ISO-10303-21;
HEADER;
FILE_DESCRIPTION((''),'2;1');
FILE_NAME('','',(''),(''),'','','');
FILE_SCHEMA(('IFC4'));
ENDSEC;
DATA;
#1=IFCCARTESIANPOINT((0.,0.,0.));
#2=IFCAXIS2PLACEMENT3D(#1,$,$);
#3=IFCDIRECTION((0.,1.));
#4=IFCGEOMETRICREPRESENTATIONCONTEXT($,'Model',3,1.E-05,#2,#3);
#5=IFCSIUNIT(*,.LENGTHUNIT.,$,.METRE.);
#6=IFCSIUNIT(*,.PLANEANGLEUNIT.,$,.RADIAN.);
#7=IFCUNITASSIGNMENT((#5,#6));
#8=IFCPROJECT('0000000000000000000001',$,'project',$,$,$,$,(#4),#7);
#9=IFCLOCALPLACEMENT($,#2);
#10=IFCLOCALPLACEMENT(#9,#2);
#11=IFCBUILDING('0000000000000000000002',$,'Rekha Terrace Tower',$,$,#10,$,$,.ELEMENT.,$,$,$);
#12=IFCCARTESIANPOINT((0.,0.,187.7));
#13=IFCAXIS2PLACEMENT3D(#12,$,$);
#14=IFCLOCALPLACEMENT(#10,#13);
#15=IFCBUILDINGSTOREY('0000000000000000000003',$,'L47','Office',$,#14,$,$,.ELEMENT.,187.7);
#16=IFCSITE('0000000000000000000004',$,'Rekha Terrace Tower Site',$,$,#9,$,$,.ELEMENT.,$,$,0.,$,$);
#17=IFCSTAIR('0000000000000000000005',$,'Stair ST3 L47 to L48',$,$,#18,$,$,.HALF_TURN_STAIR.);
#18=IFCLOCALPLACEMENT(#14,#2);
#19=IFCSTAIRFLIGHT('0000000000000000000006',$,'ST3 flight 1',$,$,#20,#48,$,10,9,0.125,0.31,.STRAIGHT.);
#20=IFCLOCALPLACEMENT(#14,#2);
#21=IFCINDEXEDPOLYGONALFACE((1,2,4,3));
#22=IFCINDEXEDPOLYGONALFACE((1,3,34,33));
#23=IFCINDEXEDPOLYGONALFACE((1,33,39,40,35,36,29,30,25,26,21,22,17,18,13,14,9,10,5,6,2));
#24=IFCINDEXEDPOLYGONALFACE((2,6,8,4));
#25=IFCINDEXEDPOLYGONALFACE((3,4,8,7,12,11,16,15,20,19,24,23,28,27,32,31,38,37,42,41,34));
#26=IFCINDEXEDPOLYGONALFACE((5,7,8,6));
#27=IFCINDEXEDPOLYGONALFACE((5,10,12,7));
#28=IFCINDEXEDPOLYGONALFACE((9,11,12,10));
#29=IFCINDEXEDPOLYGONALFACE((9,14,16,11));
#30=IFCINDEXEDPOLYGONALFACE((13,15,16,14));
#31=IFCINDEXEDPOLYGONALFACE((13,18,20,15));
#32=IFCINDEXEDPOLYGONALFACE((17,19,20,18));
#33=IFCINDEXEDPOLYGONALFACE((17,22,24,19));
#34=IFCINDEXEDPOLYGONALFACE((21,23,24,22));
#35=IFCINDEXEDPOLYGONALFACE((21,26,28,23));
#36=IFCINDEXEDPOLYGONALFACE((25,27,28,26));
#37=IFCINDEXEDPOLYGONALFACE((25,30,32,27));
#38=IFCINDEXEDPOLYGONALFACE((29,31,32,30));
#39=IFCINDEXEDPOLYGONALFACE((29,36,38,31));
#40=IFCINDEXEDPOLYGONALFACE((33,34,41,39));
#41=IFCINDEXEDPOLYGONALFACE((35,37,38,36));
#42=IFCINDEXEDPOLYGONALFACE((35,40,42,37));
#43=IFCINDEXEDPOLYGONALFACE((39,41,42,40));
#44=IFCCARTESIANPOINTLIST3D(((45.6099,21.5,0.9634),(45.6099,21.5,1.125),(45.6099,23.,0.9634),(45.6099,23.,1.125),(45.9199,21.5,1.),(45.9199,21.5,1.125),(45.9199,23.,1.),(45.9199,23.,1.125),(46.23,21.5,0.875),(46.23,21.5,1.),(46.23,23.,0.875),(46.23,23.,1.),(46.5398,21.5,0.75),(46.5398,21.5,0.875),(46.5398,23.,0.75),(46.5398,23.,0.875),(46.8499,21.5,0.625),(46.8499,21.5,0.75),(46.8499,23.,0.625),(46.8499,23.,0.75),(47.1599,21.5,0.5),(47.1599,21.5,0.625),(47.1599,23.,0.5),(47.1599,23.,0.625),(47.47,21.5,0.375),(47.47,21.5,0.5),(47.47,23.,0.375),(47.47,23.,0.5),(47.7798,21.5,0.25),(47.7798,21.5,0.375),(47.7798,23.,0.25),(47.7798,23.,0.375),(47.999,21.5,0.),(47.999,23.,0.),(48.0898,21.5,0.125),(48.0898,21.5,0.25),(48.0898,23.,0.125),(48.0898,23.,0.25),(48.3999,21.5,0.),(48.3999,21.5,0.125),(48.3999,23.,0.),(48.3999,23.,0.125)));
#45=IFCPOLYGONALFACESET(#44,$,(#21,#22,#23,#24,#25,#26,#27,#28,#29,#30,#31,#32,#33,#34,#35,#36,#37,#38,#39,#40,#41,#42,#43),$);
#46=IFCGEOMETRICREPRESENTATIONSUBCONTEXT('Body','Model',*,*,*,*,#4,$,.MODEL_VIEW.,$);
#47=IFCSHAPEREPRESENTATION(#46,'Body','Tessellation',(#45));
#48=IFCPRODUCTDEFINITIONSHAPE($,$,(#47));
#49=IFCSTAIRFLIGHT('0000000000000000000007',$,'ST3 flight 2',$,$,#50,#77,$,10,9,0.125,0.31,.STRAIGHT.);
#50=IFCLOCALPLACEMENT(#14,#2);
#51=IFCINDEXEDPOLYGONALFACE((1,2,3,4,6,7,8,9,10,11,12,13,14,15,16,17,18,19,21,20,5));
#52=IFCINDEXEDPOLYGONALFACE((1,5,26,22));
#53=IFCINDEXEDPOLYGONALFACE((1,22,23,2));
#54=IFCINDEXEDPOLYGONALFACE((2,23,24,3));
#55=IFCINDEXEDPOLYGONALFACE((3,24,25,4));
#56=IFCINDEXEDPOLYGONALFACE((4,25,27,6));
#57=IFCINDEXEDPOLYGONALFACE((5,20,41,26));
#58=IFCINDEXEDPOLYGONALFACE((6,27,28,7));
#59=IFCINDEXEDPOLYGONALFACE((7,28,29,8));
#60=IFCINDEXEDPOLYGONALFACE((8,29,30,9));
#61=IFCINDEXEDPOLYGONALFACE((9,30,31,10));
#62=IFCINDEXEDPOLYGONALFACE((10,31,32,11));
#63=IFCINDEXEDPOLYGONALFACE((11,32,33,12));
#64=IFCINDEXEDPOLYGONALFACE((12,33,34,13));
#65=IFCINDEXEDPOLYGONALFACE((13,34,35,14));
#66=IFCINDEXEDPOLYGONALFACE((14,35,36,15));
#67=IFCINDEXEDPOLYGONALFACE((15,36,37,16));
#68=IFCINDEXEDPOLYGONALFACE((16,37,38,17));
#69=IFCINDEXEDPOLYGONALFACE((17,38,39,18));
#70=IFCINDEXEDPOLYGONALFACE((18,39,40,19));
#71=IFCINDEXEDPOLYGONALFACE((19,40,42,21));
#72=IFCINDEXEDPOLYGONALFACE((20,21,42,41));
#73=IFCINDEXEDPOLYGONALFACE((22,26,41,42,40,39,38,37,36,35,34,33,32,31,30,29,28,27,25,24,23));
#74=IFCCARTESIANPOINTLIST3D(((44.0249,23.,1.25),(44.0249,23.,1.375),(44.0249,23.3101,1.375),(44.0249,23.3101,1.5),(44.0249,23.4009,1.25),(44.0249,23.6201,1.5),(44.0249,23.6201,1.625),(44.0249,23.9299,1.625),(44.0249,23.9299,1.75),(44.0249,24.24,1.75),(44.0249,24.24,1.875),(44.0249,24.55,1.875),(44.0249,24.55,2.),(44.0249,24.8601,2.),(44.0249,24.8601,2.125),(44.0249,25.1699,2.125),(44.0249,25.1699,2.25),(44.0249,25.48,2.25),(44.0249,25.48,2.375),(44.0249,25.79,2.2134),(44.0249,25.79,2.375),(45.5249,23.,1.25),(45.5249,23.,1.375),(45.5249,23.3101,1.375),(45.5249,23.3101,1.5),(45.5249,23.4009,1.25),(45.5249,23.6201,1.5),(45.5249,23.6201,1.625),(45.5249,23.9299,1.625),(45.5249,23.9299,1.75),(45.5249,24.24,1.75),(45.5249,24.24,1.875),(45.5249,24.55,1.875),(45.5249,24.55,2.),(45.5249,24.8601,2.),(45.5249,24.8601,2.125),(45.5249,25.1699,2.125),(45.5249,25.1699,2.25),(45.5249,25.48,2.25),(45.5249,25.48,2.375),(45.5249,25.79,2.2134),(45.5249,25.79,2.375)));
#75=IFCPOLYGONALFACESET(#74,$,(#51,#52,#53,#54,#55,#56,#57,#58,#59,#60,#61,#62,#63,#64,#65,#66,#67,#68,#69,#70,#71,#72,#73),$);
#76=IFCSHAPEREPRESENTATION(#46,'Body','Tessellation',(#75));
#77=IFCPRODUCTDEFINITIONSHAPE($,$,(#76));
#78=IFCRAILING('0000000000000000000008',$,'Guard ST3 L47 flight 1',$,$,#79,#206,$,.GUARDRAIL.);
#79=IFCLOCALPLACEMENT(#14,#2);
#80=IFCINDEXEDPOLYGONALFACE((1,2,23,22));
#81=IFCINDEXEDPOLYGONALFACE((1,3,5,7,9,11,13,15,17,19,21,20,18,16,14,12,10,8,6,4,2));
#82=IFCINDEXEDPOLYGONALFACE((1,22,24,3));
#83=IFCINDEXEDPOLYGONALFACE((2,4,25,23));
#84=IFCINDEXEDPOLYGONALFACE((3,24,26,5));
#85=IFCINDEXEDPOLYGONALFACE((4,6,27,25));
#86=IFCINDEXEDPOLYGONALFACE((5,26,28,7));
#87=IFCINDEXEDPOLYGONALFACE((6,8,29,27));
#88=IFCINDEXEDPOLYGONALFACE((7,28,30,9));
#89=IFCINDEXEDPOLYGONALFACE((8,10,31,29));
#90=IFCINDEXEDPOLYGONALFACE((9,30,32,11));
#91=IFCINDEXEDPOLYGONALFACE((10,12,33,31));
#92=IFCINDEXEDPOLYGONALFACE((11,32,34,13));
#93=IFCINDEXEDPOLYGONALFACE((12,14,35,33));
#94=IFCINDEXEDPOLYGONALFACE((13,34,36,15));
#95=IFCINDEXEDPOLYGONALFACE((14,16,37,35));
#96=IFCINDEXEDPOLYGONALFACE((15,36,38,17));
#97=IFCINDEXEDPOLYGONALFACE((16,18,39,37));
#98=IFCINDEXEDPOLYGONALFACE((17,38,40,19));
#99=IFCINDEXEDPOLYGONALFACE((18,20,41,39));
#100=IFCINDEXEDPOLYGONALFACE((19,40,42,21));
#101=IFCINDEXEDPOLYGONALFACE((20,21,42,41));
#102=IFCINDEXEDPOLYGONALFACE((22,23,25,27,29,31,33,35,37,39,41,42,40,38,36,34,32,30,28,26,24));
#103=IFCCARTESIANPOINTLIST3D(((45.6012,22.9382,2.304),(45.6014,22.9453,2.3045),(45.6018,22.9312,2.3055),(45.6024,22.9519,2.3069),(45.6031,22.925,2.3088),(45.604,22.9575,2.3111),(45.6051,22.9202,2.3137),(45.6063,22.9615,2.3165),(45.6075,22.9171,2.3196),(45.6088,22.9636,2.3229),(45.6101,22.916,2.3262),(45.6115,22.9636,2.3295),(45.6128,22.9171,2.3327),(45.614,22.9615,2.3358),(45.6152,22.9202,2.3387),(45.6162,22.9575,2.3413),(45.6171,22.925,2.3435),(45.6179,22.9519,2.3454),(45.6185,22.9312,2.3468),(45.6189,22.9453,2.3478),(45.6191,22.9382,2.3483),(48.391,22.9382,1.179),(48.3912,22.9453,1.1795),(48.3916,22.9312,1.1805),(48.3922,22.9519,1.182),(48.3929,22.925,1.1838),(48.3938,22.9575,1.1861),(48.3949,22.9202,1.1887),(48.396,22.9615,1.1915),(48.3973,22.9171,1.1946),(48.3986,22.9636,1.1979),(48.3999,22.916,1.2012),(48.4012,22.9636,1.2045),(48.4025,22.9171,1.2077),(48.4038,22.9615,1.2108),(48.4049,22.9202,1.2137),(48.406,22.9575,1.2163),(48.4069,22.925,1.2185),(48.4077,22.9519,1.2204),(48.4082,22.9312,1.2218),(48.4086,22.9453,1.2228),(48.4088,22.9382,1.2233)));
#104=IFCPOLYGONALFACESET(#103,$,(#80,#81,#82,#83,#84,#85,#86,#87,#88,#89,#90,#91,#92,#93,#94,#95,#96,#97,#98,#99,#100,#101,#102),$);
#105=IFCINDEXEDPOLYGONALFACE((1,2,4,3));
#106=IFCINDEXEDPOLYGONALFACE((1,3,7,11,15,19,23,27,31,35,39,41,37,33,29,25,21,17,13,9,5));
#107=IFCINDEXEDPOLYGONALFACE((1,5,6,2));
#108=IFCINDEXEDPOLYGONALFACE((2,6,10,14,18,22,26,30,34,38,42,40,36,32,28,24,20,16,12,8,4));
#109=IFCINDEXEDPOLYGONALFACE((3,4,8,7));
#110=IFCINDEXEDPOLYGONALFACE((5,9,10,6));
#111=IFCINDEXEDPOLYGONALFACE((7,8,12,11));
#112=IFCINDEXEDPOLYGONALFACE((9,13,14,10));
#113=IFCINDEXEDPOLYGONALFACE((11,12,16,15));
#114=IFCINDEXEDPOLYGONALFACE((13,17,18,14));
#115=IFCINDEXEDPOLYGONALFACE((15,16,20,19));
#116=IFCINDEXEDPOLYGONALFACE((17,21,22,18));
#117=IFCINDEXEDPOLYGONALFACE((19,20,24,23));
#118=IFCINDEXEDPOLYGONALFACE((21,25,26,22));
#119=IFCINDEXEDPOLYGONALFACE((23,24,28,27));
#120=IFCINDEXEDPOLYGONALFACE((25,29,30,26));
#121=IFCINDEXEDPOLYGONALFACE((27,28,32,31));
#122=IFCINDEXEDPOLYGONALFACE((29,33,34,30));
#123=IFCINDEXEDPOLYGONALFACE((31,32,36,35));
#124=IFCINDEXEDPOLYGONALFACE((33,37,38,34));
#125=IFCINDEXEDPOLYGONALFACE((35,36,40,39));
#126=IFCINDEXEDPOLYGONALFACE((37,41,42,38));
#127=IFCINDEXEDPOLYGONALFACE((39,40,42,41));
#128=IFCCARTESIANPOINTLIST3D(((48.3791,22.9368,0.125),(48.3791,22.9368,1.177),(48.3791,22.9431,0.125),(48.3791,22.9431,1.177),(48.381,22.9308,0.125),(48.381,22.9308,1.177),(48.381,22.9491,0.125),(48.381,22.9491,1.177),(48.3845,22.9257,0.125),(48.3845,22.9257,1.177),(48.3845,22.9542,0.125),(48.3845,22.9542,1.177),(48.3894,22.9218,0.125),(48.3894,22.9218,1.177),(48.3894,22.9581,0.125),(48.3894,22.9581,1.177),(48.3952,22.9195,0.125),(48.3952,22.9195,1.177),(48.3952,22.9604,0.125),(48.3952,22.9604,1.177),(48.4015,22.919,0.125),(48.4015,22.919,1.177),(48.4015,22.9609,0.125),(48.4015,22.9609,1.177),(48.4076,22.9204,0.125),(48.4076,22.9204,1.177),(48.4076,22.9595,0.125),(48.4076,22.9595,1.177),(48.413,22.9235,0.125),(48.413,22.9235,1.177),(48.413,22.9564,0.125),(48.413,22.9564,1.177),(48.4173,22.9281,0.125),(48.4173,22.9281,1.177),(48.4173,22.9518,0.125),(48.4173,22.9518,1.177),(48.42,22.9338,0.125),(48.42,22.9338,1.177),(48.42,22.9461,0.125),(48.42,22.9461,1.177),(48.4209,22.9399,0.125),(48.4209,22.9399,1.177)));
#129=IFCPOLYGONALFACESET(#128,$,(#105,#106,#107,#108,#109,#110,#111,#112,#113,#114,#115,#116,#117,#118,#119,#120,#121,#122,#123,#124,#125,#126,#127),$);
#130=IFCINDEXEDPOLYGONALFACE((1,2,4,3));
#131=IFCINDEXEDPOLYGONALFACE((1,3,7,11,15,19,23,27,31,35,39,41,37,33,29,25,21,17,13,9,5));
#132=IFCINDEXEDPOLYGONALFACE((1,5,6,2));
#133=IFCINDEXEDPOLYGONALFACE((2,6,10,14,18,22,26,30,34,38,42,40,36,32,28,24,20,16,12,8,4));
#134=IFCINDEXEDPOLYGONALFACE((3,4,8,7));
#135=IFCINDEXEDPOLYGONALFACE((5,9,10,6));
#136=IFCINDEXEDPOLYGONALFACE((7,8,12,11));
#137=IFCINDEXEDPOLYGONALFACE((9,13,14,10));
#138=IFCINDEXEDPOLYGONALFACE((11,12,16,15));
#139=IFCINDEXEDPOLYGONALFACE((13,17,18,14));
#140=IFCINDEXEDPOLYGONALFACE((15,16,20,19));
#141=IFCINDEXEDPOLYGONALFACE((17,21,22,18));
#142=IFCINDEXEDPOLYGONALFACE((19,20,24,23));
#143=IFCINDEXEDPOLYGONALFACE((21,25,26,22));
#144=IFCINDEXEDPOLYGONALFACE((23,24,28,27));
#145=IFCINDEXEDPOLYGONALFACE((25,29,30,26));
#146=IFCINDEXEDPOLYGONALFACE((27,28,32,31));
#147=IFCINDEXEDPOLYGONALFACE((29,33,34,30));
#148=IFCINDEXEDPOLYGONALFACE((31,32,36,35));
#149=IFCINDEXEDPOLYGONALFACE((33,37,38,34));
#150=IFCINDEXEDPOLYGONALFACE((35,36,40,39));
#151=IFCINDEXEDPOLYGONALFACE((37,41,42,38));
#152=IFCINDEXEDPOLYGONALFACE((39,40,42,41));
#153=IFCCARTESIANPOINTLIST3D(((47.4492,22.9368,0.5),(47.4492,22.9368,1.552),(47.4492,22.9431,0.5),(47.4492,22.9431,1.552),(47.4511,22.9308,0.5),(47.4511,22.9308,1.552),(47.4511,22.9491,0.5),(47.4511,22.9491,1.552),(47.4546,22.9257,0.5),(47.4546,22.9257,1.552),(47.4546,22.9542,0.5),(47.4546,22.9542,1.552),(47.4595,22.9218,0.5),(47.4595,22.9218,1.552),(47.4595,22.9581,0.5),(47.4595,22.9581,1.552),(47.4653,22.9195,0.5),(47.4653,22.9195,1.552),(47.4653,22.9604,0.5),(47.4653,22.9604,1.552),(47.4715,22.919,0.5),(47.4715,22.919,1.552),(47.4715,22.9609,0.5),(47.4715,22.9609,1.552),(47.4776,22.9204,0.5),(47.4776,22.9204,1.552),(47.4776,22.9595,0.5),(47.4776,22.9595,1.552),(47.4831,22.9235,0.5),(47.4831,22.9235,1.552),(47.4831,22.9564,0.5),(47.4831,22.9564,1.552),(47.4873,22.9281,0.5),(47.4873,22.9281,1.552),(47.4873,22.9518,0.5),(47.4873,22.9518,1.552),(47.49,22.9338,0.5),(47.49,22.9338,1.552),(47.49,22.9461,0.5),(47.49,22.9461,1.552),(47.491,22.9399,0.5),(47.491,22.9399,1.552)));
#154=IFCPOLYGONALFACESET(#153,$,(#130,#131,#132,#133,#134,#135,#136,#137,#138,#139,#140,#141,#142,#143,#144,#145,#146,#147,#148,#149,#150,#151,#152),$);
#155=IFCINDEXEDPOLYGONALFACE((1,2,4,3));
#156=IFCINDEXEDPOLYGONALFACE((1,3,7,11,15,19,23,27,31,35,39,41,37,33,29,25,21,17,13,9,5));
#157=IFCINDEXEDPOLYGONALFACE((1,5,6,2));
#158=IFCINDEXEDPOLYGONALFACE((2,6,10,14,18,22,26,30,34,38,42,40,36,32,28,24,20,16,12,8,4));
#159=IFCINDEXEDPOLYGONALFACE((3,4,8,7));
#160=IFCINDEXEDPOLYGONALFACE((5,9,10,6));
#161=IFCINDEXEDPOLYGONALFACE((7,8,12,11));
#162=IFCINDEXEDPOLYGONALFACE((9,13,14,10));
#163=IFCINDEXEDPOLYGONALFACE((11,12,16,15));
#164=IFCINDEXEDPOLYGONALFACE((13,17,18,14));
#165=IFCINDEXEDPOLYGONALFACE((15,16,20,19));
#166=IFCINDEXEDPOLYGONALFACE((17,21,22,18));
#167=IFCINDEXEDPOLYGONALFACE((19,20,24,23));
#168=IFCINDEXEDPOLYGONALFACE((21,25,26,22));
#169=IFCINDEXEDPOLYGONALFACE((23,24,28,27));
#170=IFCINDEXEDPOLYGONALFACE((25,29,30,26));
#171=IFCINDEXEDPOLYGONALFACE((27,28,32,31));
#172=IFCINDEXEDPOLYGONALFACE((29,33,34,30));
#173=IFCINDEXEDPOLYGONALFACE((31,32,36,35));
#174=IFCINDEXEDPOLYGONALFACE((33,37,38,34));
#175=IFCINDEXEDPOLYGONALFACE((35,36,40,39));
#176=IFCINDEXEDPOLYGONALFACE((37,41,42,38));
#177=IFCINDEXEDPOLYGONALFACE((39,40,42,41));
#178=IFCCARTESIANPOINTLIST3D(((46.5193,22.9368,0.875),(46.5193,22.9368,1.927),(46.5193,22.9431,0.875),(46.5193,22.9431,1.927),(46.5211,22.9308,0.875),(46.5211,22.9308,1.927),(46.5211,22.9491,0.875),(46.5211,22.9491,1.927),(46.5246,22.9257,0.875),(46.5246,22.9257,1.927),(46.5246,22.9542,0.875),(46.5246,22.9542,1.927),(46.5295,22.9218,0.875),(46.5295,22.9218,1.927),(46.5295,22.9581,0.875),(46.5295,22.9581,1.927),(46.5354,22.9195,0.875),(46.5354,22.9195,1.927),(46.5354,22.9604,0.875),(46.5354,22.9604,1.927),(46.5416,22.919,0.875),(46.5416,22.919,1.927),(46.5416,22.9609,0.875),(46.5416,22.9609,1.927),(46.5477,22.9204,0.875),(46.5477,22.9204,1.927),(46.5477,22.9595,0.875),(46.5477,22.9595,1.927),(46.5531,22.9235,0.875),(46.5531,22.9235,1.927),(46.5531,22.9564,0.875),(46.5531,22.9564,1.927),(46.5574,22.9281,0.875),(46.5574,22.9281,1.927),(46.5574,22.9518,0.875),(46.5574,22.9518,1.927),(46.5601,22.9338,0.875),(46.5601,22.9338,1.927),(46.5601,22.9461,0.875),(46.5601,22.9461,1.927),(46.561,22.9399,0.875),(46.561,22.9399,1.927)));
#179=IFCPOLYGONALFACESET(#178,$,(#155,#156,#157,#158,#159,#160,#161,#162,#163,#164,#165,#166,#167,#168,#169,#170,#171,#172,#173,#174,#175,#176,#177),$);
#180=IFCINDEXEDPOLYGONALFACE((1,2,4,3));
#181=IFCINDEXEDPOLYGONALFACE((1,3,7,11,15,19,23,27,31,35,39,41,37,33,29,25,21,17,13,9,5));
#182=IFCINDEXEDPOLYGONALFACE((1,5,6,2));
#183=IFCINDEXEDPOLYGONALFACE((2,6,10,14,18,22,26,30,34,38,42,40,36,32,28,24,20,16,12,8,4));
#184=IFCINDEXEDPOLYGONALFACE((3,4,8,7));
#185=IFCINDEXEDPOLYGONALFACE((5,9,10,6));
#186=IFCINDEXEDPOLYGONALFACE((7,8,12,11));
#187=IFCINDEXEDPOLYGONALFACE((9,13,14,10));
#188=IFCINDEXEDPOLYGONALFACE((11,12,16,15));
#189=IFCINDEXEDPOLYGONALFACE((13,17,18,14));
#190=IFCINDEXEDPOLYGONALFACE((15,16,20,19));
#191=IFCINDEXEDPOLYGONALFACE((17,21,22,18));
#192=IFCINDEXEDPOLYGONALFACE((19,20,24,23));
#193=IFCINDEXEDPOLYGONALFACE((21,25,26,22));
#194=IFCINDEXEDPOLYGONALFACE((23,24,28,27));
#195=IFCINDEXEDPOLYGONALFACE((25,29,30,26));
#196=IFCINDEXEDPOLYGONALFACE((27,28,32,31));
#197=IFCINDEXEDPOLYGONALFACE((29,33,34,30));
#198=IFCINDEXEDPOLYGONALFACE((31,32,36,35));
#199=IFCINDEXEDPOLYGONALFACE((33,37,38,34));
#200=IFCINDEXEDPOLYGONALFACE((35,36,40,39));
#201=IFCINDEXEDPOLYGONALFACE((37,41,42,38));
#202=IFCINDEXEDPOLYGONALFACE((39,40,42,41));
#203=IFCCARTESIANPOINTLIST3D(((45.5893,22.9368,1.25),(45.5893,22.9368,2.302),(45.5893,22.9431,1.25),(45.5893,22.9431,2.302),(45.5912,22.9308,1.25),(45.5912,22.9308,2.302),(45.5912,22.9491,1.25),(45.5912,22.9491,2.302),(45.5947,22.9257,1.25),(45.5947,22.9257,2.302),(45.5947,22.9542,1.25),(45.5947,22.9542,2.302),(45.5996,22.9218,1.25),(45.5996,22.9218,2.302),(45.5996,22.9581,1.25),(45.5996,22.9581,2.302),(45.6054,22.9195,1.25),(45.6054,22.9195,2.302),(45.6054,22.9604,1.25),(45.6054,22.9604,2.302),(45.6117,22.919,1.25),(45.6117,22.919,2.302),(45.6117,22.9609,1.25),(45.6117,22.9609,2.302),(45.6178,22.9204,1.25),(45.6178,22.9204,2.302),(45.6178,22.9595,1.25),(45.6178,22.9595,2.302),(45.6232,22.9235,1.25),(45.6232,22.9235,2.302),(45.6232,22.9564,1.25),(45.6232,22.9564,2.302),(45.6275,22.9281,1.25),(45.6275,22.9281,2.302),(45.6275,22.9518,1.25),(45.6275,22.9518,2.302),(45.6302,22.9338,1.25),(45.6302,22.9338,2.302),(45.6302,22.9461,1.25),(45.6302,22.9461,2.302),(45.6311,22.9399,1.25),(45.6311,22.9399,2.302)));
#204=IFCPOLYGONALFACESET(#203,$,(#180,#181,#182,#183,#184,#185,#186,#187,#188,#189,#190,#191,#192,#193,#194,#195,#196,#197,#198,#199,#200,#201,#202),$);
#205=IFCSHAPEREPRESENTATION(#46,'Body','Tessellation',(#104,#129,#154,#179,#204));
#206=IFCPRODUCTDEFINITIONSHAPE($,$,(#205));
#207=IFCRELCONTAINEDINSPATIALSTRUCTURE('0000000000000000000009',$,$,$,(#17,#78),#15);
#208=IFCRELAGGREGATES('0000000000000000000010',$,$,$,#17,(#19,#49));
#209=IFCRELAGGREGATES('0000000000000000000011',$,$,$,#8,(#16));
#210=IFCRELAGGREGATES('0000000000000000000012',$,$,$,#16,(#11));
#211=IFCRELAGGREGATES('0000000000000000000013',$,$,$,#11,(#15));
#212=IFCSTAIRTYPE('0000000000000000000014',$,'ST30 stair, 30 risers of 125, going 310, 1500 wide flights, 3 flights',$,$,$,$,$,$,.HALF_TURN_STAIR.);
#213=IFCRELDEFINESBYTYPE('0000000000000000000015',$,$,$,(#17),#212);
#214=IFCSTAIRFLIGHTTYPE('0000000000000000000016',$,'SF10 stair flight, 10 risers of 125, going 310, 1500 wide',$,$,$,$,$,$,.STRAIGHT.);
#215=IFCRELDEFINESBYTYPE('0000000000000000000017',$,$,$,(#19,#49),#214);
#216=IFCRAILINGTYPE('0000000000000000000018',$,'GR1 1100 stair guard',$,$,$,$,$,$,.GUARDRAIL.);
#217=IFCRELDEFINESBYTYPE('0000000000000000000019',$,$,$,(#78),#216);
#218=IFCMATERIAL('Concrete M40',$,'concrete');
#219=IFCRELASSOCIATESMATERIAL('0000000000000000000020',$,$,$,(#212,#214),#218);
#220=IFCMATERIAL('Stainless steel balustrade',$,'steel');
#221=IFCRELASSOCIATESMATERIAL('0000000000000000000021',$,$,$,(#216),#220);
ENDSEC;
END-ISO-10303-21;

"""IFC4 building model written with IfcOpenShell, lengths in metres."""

from ifc_helpers import new_model, si_unit, direction, frame, origin, origin_2d, place, context, subcontext, project, spatial, polyline, circle, outline, extrude, material, type_object, element, aggregate, save


model = new_model("IFC4")

# Units and contexts
model_context = context("Model", 3, precision=1e-05, world=origin(), true_north=direction((0.0, 1.0)))
body_context = subcontext(model_context, "Body", "Model", "MODEL_VIEW")
ifc_project = project(units=[si_unit("LENGTHUNIT", "METRE"), si_unit("PLANEANGLEUNIT", "RADIAN")], contexts=[model_context])

# Site, building, storey
site_placement = place(None, origin())
site = spatial("IfcSite", under=ifc_project, at=site_placement, Name="Rekha Terrace Tower Site", CompositionType="ELEMENT", RefElevation=0.0)
building_placement = place(site_placement, origin())
building = spatial("IfcBuilding", under=site, at=building_placement, Name="Rekha Terrace Tower", CompositionType="ELEMENT")
storey_placement = place(building_placement, frame((0.0, 0.0, 187.7)))
storey = spatial("IfcBuildingStorey", under=building, at=storey_placement, Name="L47", Description="Office", CompositionType="ELEMENT", Elevation=187.7)

# Stair, stair flights
ifc_material_1 = material(Name="Concrete M40", Category="concrete")
stair_type = type_object("IfcStairType", Name="ST30 stair, 30 risers of 125, going 310, 1500 wide flights, 3 flights", PredefinedType="HALF_TURN_STAIR", material=ifc_material_1)
stair_placement = place(storey_placement, origin())
stair = element("IfcStair", 1, at=stair_placement, inside=storey, type_object=stair_type, Name="Stair ST3 L47 to L48", PredefinedType="HALF_TURN_STAIR")
stair_flight_type = type_object("IfcStairFlightType", Name="SF10 stair flight, 10 risers of 125, going 310, 1500 wide", PredefinedType="STRAIGHT", material=ifc_material_1)
stair_flight_1_placement = place(storey_placement, frame((48.3999, 22.25, 0.0), z_axis=(0.0, 0.0, 1.0), x_axis=(-1.0, 0.0, 0.0)))
stair_flight_1 = element("IfcStairFlight", 2, at=stair_flight_1_placement, type_object=stair_flight_type, Name="ST3 flight 1", NumberOfRisers=10, NumberOfTreads=9, PredefinedType="STRAIGHT", RiserHeight=0.125, TreadLength=0.31, context=body_context, shape_type="SweptSolid", body=[
    extrude(outline(polyline([(0.0, 0.0), (0.0, 0.125), (0.3101, 0.125), (0.3101, 0.25), (0.6201, 0.25), (0.6201, 0.375), (0.9299, 0.375), (0.9299, 0.5), (1.24, 0.5), (1.24, 0.625), (1.55, 0.625), (1.55, 0.75), (1.8601, 0.75), (1.8601, 0.875), (2.1699, 0.875), (2.1699, 1.0), (2.48, 1.0), (2.48, 1.125), (2.79, 1.125), (2.79, 1.25), (2.79, 0.9634), (0.4009, 0.0), (0.0, 0.0)])), frame((0.0, 0.75, 0.0), z_axis=(0.0, -1.0, 0.0), x_axis=(1.0, 0.0, 0.0)), (0.0, 0.0, 1.0), 1.5),
])
stair_flight_2_placement = place(storey_placement, frame((44.7749, 23.0, 1.25), z_axis=(0.0, 0.0, 1.0), x_axis=(0.0, 1.0, 0.0)))
stair_flight_2 = element("IfcStairFlight", 3, at=stair_flight_2_placement, type_object=stair_flight_type, Name="ST3 flight 2", NumberOfRisers=10, NumberOfTreads=9, PredefinedType="STRAIGHT", RiserHeight=0.125, TreadLength=0.31, context=body_context, shape_type="SweptSolid", body=[
    extrude(outline(polyline([(0.0, 0.0), (0.0, 0.125), (0.3101, 0.125), (0.3101, 0.25), (0.6201, 0.25), (0.6201, 0.375), (0.9299, 0.375), (0.9299, 0.5), (1.24, 0.5), (1.24, 0.625), (1.55, 0.625), (1.55, 0.75), (1.8601, 0.75), (1.8601, 0.875), (2.1699, 0.875), (2.1699, 1.0), (2.48, 1.0), (2.48, 1.125), (2.79, 1.125), (2.79, 1.25), (2.79, 0.9634), (0.4009, 0.0), (0.0, 0.0)])), frame((0.0, 0.75, 0.0), z_axis=(0.0, -1.0, 0.0), x_axis=(1.0, 0.0, 0.0)), (0.0, 0.0, 1.0), 1.5),
])
aggregate(stair, [stair_flight_1, stair_flight_2])

# Railing
ifc_material_2 = material(Name="Stainless steel balustrade", Category="steel")
railing_type_1 = type_object("IfcRailingType", Name="GR1 1100 stair guard", PredefinedType="GUARDRAIL", material=ifc_material_2)
railing_1_placement = place(storey_placement, frame((48.3999, 22.9399, 0.125)))
element("IfcRailing", 4, at=railing_1_placement, inside=storey, type_object=railing_type_1, Name="Guard ST3 L47 flight 1", PredefinedType="GUARDRAIL", context=body_context, shape_type="SweptSolid", body=[
    extrude(circle(Radius=0.0239, at=origin_2d()), frame((0.0, 0.0, 1.0762), z_axis=(-0.927432, 0.0, 0.373992), x_axis=(0.0, -1.0, 0.0)), (0.0, 0.0, 1.0), 3.0081),
    extrude(circle(Radius=0.021, at=origin_2d()), origin(), (0.0, 0.0, 1.0), 1.052),
    extrude(circle(Radius=0.021, at=origin_2d()), frame((-0.9299, 0.0, 0.375)), (0.0, 0.0, 1.0), 1.052),
    extrude(circle(Radius=0.021, at=origin_2d()), frame((-1.8599, 0.0, 0.75)), (0.0, 0.0, 1.0), 1.052),
    extrude(circle(Radius=0.021, at=origin_2d()), frame((-2.7898, 0.0, 1.125)), (0.0, 0.0, 1.0), 1.052),
])

save(model, "model.ifc")
